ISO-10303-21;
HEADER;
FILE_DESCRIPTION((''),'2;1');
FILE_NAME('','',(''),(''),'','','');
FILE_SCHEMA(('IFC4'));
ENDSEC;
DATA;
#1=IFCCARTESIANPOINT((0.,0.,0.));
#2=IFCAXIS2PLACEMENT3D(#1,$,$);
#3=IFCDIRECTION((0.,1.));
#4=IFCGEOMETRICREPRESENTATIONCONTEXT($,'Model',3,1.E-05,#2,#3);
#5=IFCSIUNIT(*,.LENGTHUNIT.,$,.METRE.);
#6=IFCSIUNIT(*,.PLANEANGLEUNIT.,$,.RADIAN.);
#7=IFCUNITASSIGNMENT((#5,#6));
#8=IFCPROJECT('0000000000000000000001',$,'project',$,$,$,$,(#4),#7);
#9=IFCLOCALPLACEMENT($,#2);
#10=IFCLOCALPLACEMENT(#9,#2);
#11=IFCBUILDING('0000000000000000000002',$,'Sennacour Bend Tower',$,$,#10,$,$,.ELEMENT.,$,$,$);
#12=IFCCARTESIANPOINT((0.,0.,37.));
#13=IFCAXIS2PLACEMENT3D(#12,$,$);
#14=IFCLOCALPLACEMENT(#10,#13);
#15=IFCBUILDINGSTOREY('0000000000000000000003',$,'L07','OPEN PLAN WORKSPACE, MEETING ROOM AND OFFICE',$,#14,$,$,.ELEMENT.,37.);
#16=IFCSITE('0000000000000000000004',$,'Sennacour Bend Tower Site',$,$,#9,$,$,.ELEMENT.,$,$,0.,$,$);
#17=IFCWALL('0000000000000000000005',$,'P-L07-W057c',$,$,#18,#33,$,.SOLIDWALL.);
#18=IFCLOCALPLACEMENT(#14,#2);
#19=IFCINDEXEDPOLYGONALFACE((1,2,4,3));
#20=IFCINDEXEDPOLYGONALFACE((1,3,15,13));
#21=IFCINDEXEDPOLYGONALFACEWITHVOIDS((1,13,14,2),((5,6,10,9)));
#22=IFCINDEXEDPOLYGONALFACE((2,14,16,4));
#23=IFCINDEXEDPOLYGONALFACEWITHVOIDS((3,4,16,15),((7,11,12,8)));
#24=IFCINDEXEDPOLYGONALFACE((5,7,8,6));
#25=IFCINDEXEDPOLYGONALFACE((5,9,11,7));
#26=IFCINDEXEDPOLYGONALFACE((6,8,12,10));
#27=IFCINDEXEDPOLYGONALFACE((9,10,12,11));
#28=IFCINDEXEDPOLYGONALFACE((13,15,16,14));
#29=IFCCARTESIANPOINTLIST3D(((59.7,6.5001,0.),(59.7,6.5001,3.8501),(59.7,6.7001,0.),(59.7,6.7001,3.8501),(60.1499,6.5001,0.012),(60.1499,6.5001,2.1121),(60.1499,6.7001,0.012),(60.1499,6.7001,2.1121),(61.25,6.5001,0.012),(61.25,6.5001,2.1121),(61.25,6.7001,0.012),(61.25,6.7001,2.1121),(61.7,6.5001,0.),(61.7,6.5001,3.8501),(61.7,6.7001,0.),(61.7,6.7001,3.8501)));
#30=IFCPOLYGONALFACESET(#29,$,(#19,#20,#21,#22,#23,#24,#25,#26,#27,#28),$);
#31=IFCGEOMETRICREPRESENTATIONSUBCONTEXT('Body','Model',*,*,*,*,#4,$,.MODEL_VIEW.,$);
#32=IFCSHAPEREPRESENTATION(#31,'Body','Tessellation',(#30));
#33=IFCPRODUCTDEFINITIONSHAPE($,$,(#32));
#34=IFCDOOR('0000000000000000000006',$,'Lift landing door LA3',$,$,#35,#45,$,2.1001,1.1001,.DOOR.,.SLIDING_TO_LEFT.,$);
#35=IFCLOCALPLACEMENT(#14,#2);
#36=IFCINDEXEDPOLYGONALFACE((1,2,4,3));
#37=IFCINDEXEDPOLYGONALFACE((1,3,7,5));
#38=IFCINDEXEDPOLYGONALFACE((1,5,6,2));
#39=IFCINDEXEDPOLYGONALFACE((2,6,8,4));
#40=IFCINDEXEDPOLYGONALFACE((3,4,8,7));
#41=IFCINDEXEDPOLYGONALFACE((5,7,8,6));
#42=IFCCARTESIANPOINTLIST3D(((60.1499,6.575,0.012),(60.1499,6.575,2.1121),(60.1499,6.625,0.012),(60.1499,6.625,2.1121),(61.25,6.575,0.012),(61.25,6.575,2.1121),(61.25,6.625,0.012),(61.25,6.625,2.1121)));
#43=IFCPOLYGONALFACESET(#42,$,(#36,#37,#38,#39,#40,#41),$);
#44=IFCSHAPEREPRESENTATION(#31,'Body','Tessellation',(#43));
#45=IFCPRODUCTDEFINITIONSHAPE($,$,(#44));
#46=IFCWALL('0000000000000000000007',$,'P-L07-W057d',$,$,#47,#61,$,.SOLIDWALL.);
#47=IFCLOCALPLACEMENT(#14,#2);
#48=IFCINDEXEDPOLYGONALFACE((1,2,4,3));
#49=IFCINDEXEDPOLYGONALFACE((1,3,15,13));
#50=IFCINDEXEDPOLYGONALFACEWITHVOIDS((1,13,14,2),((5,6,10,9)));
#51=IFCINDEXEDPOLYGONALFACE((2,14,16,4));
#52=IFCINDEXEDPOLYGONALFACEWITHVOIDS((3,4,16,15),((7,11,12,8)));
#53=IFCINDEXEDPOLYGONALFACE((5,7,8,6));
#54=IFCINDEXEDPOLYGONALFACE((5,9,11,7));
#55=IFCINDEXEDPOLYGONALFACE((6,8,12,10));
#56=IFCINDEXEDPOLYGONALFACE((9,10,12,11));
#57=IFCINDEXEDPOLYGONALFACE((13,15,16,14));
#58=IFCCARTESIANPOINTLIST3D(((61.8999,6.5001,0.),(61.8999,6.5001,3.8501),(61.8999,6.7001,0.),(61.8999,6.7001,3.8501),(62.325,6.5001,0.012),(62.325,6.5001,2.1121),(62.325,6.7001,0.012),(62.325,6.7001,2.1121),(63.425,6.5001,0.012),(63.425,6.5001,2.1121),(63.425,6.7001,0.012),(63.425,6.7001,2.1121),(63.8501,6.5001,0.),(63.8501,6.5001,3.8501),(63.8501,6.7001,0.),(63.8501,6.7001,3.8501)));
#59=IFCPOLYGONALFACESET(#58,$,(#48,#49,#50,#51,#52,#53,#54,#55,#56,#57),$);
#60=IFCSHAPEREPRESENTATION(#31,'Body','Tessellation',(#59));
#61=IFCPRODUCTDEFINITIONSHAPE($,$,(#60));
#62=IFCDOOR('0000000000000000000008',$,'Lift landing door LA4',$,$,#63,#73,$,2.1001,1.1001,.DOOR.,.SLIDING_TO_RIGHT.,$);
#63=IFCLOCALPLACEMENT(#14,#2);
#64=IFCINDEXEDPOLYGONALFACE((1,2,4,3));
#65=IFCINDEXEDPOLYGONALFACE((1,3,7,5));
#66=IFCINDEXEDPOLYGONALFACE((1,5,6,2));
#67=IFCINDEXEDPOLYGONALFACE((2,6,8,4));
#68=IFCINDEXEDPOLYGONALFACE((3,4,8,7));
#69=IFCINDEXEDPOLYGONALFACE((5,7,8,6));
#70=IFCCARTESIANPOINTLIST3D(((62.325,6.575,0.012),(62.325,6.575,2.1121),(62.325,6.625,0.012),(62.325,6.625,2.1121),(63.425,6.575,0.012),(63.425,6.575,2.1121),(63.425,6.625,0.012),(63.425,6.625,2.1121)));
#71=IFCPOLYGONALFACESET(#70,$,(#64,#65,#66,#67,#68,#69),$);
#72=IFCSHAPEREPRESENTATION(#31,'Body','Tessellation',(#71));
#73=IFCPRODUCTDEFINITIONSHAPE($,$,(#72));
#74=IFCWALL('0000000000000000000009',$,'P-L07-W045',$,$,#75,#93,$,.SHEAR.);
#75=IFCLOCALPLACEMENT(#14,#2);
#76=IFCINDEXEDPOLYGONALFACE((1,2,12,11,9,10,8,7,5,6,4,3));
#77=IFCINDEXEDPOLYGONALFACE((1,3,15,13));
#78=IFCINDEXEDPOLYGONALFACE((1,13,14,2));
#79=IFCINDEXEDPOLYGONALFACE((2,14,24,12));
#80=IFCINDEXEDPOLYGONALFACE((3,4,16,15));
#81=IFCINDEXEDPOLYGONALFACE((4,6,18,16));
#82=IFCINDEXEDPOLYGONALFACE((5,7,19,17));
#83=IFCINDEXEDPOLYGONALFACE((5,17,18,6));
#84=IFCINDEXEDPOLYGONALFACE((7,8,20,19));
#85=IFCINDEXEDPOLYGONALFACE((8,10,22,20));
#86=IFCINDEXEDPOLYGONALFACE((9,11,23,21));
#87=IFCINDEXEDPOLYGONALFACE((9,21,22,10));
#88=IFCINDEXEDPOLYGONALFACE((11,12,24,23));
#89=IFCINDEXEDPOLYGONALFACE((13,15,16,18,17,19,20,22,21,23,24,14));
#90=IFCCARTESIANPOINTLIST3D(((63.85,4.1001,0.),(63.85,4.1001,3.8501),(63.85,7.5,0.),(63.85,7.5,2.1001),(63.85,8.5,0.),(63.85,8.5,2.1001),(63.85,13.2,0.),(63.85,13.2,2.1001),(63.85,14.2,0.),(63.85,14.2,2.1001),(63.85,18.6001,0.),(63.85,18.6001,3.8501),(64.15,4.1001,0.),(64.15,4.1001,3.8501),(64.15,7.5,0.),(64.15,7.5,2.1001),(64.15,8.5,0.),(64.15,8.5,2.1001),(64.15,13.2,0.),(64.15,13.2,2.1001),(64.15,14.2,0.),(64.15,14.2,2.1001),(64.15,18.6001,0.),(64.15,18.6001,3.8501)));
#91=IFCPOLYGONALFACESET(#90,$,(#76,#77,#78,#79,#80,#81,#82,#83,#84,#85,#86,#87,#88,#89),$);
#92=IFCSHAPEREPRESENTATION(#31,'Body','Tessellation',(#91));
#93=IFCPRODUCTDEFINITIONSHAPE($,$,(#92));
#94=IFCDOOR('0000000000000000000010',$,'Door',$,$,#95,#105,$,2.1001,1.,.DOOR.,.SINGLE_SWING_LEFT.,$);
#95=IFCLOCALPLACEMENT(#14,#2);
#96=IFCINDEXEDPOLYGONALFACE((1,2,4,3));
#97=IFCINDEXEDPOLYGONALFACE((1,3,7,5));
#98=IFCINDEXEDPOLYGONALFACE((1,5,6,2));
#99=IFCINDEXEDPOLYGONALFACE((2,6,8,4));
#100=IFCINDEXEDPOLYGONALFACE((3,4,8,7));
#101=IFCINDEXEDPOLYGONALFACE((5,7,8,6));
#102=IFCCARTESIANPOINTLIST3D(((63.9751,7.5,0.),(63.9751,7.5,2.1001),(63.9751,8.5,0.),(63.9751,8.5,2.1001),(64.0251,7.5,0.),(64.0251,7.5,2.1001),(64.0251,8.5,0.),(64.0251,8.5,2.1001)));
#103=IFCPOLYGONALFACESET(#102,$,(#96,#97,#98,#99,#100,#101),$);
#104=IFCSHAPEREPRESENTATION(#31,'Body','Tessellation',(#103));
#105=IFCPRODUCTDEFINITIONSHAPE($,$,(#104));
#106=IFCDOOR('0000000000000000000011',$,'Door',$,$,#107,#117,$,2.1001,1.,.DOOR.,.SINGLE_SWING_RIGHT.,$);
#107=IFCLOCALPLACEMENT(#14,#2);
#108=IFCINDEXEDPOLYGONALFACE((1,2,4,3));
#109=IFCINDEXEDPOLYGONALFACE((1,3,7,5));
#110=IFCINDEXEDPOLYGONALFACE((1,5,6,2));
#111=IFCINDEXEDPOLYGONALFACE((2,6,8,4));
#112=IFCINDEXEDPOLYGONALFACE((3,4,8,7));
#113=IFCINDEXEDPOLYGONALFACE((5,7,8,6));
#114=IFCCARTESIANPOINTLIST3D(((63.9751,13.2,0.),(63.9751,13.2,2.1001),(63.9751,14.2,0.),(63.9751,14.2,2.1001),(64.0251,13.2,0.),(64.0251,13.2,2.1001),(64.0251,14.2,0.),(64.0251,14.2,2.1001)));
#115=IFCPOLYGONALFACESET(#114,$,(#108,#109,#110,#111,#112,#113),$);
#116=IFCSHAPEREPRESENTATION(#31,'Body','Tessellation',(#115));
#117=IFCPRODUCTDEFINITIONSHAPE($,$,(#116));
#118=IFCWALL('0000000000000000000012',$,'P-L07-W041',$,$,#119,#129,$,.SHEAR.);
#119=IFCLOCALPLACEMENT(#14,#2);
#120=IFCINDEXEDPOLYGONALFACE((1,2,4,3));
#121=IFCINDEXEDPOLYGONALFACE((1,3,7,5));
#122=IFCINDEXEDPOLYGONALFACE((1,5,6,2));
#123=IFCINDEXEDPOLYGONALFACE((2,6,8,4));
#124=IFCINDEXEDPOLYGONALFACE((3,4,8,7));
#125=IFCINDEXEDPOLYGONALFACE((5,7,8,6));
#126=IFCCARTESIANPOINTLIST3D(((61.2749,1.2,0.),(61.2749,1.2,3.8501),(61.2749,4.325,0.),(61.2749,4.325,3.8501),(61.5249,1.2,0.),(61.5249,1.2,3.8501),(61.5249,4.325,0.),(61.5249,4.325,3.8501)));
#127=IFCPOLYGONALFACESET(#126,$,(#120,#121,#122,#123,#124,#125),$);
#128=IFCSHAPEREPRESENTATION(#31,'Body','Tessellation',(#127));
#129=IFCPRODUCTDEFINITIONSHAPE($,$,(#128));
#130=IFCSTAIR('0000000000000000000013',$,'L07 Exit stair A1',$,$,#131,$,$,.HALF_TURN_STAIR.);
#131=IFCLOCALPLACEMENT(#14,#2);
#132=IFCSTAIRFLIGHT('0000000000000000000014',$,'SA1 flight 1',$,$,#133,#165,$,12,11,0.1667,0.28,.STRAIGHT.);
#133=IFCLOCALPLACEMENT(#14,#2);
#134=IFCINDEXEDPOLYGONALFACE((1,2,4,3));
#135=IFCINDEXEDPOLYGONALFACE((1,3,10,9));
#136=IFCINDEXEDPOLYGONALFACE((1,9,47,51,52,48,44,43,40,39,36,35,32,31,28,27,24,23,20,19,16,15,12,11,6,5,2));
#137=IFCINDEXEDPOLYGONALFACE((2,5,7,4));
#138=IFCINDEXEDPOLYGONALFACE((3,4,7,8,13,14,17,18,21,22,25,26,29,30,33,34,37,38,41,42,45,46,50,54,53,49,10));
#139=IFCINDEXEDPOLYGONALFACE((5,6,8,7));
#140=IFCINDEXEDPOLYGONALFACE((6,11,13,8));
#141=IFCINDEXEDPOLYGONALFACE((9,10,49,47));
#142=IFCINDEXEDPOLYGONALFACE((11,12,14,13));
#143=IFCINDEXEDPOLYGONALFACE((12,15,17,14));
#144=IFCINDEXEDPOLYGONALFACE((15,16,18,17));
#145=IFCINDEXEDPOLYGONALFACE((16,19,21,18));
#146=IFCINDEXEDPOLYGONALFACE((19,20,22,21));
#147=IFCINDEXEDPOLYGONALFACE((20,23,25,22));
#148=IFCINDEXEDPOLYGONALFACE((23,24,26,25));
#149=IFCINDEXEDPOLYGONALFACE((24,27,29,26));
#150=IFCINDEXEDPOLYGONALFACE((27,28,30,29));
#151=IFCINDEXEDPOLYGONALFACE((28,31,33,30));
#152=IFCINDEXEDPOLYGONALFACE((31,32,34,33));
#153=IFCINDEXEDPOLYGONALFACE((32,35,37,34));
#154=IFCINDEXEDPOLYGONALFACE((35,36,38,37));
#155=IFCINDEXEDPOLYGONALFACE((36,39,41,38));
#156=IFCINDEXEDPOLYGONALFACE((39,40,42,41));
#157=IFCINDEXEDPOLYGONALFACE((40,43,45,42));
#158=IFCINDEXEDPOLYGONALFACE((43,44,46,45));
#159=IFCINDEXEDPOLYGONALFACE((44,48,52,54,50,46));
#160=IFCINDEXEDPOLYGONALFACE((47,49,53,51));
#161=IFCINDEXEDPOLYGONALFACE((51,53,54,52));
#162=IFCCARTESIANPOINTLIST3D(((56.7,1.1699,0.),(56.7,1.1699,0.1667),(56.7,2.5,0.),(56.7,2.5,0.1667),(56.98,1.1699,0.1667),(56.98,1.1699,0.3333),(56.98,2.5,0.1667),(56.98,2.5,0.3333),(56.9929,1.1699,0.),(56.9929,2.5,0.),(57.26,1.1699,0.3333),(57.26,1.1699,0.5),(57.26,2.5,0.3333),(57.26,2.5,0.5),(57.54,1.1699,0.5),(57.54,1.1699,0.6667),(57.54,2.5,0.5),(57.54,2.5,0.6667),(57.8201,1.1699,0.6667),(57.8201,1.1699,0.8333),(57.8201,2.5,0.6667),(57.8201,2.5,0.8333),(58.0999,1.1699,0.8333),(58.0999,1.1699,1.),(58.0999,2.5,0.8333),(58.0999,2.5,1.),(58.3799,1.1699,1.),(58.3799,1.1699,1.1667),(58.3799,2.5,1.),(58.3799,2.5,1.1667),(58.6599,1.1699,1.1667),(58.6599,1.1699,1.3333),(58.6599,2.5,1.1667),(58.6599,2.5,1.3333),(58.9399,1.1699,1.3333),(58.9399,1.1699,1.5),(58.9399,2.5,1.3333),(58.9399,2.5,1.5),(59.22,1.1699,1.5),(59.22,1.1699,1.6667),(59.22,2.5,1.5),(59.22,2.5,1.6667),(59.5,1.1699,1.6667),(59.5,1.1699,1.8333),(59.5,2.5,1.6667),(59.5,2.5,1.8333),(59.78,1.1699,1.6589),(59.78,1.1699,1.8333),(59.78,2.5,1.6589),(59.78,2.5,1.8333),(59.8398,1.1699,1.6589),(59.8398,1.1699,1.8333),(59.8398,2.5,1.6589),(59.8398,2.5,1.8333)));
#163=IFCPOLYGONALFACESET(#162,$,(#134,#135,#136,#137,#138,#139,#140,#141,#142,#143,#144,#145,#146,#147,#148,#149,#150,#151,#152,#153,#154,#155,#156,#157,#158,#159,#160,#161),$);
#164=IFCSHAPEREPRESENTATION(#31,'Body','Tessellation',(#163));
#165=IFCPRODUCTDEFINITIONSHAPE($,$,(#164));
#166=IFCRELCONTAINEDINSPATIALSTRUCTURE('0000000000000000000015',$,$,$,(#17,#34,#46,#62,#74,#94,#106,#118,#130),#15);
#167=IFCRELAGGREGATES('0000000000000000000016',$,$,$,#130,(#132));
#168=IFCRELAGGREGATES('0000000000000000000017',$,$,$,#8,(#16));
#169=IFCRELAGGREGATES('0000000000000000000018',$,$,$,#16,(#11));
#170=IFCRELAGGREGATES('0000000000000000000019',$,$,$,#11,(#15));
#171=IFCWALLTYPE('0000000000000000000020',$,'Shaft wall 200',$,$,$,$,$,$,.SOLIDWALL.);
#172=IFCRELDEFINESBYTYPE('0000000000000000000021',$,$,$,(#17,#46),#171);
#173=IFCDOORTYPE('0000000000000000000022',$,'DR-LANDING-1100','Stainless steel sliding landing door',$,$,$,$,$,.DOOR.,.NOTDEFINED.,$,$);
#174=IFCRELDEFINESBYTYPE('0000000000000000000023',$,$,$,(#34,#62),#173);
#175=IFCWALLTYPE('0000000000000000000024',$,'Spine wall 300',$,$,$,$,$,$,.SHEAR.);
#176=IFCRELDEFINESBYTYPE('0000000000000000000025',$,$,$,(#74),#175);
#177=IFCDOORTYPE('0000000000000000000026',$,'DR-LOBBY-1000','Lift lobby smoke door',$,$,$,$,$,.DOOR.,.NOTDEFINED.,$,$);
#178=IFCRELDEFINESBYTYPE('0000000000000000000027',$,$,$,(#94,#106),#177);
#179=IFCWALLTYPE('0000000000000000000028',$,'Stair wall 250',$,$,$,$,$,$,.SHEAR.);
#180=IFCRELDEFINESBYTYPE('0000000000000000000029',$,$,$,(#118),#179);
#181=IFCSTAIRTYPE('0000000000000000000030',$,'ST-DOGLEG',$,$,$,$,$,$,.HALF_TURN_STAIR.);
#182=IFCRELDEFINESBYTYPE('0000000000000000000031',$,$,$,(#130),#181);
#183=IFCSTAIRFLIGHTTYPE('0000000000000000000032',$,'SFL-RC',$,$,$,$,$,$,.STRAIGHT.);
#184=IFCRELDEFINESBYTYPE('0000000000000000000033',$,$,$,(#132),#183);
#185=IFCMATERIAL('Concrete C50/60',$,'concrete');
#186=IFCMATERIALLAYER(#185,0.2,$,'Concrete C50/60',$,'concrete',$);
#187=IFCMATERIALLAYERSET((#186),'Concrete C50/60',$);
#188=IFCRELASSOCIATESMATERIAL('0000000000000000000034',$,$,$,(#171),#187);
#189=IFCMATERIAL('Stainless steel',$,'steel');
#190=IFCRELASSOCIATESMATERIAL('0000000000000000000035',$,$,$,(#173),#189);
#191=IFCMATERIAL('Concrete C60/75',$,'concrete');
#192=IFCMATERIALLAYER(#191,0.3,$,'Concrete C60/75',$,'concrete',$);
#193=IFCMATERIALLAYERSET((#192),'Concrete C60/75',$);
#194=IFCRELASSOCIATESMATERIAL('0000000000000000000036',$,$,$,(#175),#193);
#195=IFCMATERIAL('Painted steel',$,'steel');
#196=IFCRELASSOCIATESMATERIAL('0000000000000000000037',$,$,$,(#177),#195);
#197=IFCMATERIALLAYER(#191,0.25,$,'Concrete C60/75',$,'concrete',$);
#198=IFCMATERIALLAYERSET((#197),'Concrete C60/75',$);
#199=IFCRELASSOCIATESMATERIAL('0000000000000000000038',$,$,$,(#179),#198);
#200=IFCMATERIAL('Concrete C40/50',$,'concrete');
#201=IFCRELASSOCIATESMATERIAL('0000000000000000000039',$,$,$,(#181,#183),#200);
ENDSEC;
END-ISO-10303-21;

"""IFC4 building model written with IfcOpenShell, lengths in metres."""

from ifc_helpers import new_model, si_unit, direction, frame, frame_2d, origin, place, context, subcontext, project, spatial, polyline, rectangle, outline, extrude, material, layer, layer_set, type_object, element, fill, aggregate, save


model = new_model("IFC4")

# Units and contexts
model_context = context("Model", 3, precision=1e-05, world=origin(), true_north=direction((0.0, 1.0)))
body_context = subcontext(model_context, "Body", "Model", "MODEL_VIEW")
ifc_project = project(units=[si_unit("LENGTHUNIT", "METRE"), si_unit("PLANEANGLEUNIT", "RADIAN")], contexts=[model_context])

# Site, building, storey
site_placement = place(None, origin())
site = spatial("IfcSite", under=ifc_project, at=site_placement, Name="Sennacour Bend Tower Site", CompositionType="ELEMENT", RefElevation=0.0)
building_placement = place(site_placement, origin())
building = spatial("IfcBuilding", under=site, at=building_placement, Name="Sennacour Bend Tower", CompositionType="ELEMENT")
storey_placement = place(building_placement, frame((0.0, 0.0, 37.0)))
storey = spatial("IfcBuildingStorey", under=building, at=storey_placement, Name="L07", Description="OPEN PLAN WORKSPACE, MEETING ROOM AND OFFICE", CompositionType="ELEMENT", Elevation=37.0)

# Shared definitions
ifc_material_1 = material(Name="Painted steel", Category="steel")

# Shared definitions
ifc_material_2 = material(Name="Concrete C50/60", Category="concrete")
ifc_layer_1 = layer(ifc_material_2, 0.2, Name="Concrete C50/60", Category="concrete")
ifc_layer_set_1 = layer_set([ifc_layer_1], Name="Concrete C50/60")
wall_type_1 = type_object("IfcWallType", Name="Shaft wall 200", PredefinedType="SOLIDWALL", material=ifc_layer_set_1)

# Walls, openings, doors
ifc_material_3 = material(Name="Stainless steel", Category="steel")
door_type_1 = type_object("IfcDoorType", Name="DR-LANDING-1100", Description="Stainless steel sliding landing door", OperationType="NOTDEFINED", PredefinedType="DOOR", material=ifc_material_3)
wall_1_placement = place(storey_placement, frame((59.7, 6.6001, 0.0), z_axis=(0.0, 0.0, 1.0), x_axis=(1.0, 0.0, 0.0)))
wall_1 = element("IfcWall", 1, at=wall_1_placement, inside=storey, type_object=wall_type_1, Name="P-L07-W057c", PredefinedType="SOLIDWALL", context=body_context, shape_type="SweptSolid", body=[
    extrude(rectangle(XDim=2.0, YDim=0.2, at=frame_2d((1.0, 0.0))), origin(), (0.0, 0.0, 1.0), 3.8501),
])
opening_1_placement = place(wall_1_placement, frame((0.45, 0.0, 0.012)))
opening_1 = element("IfcOpeningElement", 2, at=opening_1_placement, cuts=wall_1, PredefinedType="OPENING", context=body_context, shape_type="SweptSolid", body=[
    extrude(rectangle(XDim=1.1001, YDim=2.1001, at=frame_2d((0.55, 1.05))), frame((0.0, 0.1099, 0.0), z_axis=(0.0, -1.0, 0.0), x_axis=(1.0, 0.0, 0.0)), (0.0, 0.0, 1.0), 0.22),
])
door_1_placement = place(opening_1_placement, origin())
door_1 = element("IfcDoor", 3, at=door_1_placement, inside=storey, type_object=door_type_1, Name="Lift landing door LA3", OperationType="SLIDING_TO_LEFT", OverallHeight=2.1001, OverallWidth=1.1001, PredefinedType="DOOR", context=body_context, shape_type="SweptSolid", body=[
    extrude(rectangle(XDim=1.1001, YDim=2.1001, at=frame_2d((0.55, 1.05))), frame((0.0, 0.0249, 0.0), z_axis=(0.0, -1.0, 0.0), x_axis=(1.0, 0.0, 0.0)), (0.0, 0.0, 1.0), 0.05),
])
fill(opening_1, door_1)
wall_2_placement = place(storey_placement, frame((61.8999, 6.6001, 0.0), z_axis=(0.0, 0.0, 1.0), x_axis=(1.0, 0.0, 0.0)))
wall_2 = element("IfcWall", 4, at=wall_2_placement, inside=storey, type_object=wall_type_1, Name="P-L07-W057d", PredefinedType="SOLIDWALL", context=body_context, shape_type="SweptSolid", body=[
    extrude(rectangle(XDim=1.9502, YDim=0.2, at=frame_2d((0.9751, 0.0))), origin(), (0.0, 0.0, 1.0), 3.8501),
])
opening_2_placement = place(wall_2_placement, frame((0.425, 0.0, 0.012)))
opening_2 = element("IfcOpeningElement", 5, at=opening_2_placement, cuts=wall_2, PredefinedType="OPENING", context=body_context, shape_type="SweptSolid", body=[
    extrude(rectangle(XDim=1.1001, YDim=2.1001, at=frame_2d((0.55, 1.05))), frame((0.0, 0.1099, 0.0), z_axis=(0.0, -1.0, 0.0), x_axis=(1.0, 0.0, 0.0)), (0.0, 0.0, 1.0), 0.22),
])
door_2_placement = place(opening_2_placement, origin())
door_2 = element("IfcDoor", 6, at=door_2_placement, inside=storey, type_object=door_type_1, Name="Lift landing door LA4", OperationType="SLIDING_TO_RIGHT", OverallHeight=2.1001, OverallWidth=1.1001, PredefinedType="DOOR", context=body_context, shape_type="SweptSolid", body=[
    extrude(rectangle(XDim=1.1001, YDim=2.1001, at=frame_2d((0.55, 1.05))), frame((0.0, 0.0249, 0.0), z_axis=(0.0, -1.0, 0.0), x_axis=(1.0, 0.0, 0.0)), (0.0, 0.0, 1.0), 0.05),
])
fill(opening_2, door_2)

# Wall, openings, doors
ifc_material_4 = material(Name="Concrete C60/75", Category="concrete")
ifc_layer_2 = layer(ifc_material_4, 0.3, Name="Concrete C60/75", Category="concrete")
ifc_layer_set_2 = layer_set([ifc_layer_2], Name="Concrete C60/75")
wall_type_2 = type_object("IfcWallType", Name="Spine wall 300", PredefinedType="SHEAR", material=ifc_layer_set_2)
wall_3_placement = place(storey_placement, frame((64.0, 4.1001, 0.0), z_axis=(0.0, 0.0, 1.0), x_axis=(0.0, 1.0, 0.0)))
wall_3 = element("IfcWall", 7, at=wall_3_placement, inside=storey, type_object=wall_type_2, Name="P-L07-W045", PredefinedType="SHEAR", context=body_context, shape_type="SweptSolid", body=[
    extrude(rectangle(XDim=14.5, YDim=0.3, at=frame_2d((7.25, 0.0))), origin(), (0.0, 0.0, 1.0), 3.8501),
])
opening_3_placement = place(wall_3_placement, frame((3.3999, 0.0, 0.0)))
opening_3 = element("IfcOpeningElement", 8, at=opening_3_placement, cuts=wall_3, PredefinedType="OPENING", context=body_context, shape_type="SweptSolid", body=[
    extrude(rectangle(XDim=1.0, YDim=2.1001, at=frame_2d((0.5, 1.05))), frame((0.0, 0.1602, 0.0), z_axis=(0.0, -1.0, 0.0), x_axis=(1.0, 0.0, 0.0)), (0.0, 0.0, 1.0), 0.3201),
])
opening_4_placement = place(wall_3_placement, frame((9.0999, 0.0, 0.0)))
opening_4 = element("IfcOpeningElement", 9, at=opening_4_placement, cuts=wall_3, PredefinedType="OPENING", context=body_context, shape_type="SweptSolid", body=[
    extrude(rectangle(XDim=1.0, YDim=2.1001, at=frame_2d((0.5, 1.05))), frame((0.0, 0.1602, 0.0), z_axis=(0.0, -1.0, 0.0), x_axis=(1.0, 0.0, 0.0)), (0.0, 0.0, 1.0), 0.3201),
])
door_type_2 = type_object("IfcDoorType", Name="DR-LOBBY-1000", Description="Lift lobby smoke door", OperationType="NOTDEFINED", PredefinedType="DOOR", material=ifc_material_1)
door_3_placement = place(opening_3_placement, origin())
door_3 = element("IfcDoor", 10, at=door_3_placement, inside=storey, type_object=door_type_2, Name="Door", OperationType="SINGLE_SWING_LEFT", OverallHeight=2.1001, OverallWidth=1.0, PredefinedType="DOOR", context=body_context, shape_type="SweptSolid", body=[
    extrude(rectangle(XDim=1.0, YDim=2.1001, at=frame_2d((0.5, 1.05))), frame((0.0, 0.0249, 0.0), z_axis=(0.0, -1.0, 0.0), x_axis=(1.0, 0.0, 0.0)), (0.0, 0.0, 1.0), 0.05),
])
fill(opening_3, door_3)
door_4_placement = place(opening_4_placement, origin())
door_4 = element("IfcDoor", 11, at=door_4_placement, inside=storey, type_object=door_type_2, Name="Door", OperationType="SINGLE_SWING_RIGHT", OverallHeight=2.1001, OverallWidth=1.0, PredefinedType="DOOR", context=body_context, shape_type="SweptSolid", body=[
    extrude(rectangle(XDim=1.0, YDim=2.1001, at=frame_2d((0.5, 1.05))), frame((0.0, 0.0249, 0.0), z_axis=(0.0, -1.0, 0.0), x_axis=(1.0, 0.0, 0.0)), (0.0, 0.0, 1.0), 0.05),
])
fill(opening_4, door_4)

# Wall
ifc_layer_3 = layer(ifc_material_4, 0.25, Name="Concrete C60/75", Category="concrete")
ifc_layer_set_3 = layer_set([ifc_layer_3], Name="Concrete C60/75")
wall_type_3 = type_object("IfcWallType", Name="Stair wall 250", PredefinedType="SHEAR", material=ifc_layer_set_3)
wall_4_placement = place(storey_placement, frame((61.3999, 1.2, 0.0), z_axis=(0.0, 0.0, 1.0), x_axis=(0.0, 1.0, 0.0)))
element("IfcWall", 12, at=wall_4_placement, inside=storey, type_object=wall_type_3, Name="P-L07-W041", PredefinedType="SHEAR", context=body_context, shape_type="SweptSolid", body=[
    extrude(rectangle(XDim=3.125, YDim=0.25, at=frame_2d((1.5625, 0.0))), origin(), (0.0, 0.0, 1.0), 3.8501),
])

# Stair, stair flight
ifc_material_5 = material(Name="Concrete C40/50", Category="concrete")
stair_type = type_object("IfcStairType", Name="ST-DOGLEG", PredefinedType="HALF_TURN_STAIR", material=ifc_material_5)
stair_placement = place(storey_placement, origin())
stair = element("IfcStair", 13, at=stair_placement, inside=storey, type_object=stair_type, Name="L07 Exit stair A1", PredefinedType="HALF_TURN_STAIR")
stair_flight_type = type_object("IfcStairFlightType", Name="SFL-RC", PredefinedType="STRAIGHT", material=ifc_material_5)
stair_flight_1_placement = place(storey_placement, frame((56.7, 1.835, 0.0), z_axis=(0.0, 0.0, 1.0), x_axis=(1.0, 0.0, 0.0)))
stair_flight_1 = element("IfcStairFlight", 14, at=stair_flight_1_placement, type_object=stair_flight_type, Name="SA1 flight 1", NumberOfRisers=12, NumberOfTreads=11, PredefinedType="STRAIGHT", RiserHeight=0.1667, TreadLength=0.28, context=body_context, shape_type="SweptSolid", body=[
    extrude(outline(polyline([(0.0, 0.0), (0.0, 0.1667), (0.28, 0.1667), (0.28, 0.3333), (0.5601, 0.3333), (0.5601, 0.5), (0.8401, 0.5), (0.8401, 0.6667), (1.1201, 0.6667), (1.1201, 0.8333), (1.3999, 0.8333), (1.3999, 1.0), (1.6799, 1.0), (1.6799, 1.1667), (1.96, 1.1667), (1.96, 1.3333), (2.24, 1.3333), (2.24, 1.5), (2.52, 1.5), (2.52, 1.6667), (2.8, 1.6667), (2.8, 1.8333), (3.0801, 1.8333), (3.1399, 1.8333), (3.1399, 1.6589), (3.0801, 1.6589), (0.293, 0.0), (0.0, 0.0)])), frame((0.0, 0.665, 0.0), z_axis=(0.0, -1.0, 0.0), x_axis=(1.0, 0.0, 0.0)), (0.0, 0.0, 1.0), 1.3301),
])
aggregate(stair, [stair_flight_1])

save(model, "model.ifc")
